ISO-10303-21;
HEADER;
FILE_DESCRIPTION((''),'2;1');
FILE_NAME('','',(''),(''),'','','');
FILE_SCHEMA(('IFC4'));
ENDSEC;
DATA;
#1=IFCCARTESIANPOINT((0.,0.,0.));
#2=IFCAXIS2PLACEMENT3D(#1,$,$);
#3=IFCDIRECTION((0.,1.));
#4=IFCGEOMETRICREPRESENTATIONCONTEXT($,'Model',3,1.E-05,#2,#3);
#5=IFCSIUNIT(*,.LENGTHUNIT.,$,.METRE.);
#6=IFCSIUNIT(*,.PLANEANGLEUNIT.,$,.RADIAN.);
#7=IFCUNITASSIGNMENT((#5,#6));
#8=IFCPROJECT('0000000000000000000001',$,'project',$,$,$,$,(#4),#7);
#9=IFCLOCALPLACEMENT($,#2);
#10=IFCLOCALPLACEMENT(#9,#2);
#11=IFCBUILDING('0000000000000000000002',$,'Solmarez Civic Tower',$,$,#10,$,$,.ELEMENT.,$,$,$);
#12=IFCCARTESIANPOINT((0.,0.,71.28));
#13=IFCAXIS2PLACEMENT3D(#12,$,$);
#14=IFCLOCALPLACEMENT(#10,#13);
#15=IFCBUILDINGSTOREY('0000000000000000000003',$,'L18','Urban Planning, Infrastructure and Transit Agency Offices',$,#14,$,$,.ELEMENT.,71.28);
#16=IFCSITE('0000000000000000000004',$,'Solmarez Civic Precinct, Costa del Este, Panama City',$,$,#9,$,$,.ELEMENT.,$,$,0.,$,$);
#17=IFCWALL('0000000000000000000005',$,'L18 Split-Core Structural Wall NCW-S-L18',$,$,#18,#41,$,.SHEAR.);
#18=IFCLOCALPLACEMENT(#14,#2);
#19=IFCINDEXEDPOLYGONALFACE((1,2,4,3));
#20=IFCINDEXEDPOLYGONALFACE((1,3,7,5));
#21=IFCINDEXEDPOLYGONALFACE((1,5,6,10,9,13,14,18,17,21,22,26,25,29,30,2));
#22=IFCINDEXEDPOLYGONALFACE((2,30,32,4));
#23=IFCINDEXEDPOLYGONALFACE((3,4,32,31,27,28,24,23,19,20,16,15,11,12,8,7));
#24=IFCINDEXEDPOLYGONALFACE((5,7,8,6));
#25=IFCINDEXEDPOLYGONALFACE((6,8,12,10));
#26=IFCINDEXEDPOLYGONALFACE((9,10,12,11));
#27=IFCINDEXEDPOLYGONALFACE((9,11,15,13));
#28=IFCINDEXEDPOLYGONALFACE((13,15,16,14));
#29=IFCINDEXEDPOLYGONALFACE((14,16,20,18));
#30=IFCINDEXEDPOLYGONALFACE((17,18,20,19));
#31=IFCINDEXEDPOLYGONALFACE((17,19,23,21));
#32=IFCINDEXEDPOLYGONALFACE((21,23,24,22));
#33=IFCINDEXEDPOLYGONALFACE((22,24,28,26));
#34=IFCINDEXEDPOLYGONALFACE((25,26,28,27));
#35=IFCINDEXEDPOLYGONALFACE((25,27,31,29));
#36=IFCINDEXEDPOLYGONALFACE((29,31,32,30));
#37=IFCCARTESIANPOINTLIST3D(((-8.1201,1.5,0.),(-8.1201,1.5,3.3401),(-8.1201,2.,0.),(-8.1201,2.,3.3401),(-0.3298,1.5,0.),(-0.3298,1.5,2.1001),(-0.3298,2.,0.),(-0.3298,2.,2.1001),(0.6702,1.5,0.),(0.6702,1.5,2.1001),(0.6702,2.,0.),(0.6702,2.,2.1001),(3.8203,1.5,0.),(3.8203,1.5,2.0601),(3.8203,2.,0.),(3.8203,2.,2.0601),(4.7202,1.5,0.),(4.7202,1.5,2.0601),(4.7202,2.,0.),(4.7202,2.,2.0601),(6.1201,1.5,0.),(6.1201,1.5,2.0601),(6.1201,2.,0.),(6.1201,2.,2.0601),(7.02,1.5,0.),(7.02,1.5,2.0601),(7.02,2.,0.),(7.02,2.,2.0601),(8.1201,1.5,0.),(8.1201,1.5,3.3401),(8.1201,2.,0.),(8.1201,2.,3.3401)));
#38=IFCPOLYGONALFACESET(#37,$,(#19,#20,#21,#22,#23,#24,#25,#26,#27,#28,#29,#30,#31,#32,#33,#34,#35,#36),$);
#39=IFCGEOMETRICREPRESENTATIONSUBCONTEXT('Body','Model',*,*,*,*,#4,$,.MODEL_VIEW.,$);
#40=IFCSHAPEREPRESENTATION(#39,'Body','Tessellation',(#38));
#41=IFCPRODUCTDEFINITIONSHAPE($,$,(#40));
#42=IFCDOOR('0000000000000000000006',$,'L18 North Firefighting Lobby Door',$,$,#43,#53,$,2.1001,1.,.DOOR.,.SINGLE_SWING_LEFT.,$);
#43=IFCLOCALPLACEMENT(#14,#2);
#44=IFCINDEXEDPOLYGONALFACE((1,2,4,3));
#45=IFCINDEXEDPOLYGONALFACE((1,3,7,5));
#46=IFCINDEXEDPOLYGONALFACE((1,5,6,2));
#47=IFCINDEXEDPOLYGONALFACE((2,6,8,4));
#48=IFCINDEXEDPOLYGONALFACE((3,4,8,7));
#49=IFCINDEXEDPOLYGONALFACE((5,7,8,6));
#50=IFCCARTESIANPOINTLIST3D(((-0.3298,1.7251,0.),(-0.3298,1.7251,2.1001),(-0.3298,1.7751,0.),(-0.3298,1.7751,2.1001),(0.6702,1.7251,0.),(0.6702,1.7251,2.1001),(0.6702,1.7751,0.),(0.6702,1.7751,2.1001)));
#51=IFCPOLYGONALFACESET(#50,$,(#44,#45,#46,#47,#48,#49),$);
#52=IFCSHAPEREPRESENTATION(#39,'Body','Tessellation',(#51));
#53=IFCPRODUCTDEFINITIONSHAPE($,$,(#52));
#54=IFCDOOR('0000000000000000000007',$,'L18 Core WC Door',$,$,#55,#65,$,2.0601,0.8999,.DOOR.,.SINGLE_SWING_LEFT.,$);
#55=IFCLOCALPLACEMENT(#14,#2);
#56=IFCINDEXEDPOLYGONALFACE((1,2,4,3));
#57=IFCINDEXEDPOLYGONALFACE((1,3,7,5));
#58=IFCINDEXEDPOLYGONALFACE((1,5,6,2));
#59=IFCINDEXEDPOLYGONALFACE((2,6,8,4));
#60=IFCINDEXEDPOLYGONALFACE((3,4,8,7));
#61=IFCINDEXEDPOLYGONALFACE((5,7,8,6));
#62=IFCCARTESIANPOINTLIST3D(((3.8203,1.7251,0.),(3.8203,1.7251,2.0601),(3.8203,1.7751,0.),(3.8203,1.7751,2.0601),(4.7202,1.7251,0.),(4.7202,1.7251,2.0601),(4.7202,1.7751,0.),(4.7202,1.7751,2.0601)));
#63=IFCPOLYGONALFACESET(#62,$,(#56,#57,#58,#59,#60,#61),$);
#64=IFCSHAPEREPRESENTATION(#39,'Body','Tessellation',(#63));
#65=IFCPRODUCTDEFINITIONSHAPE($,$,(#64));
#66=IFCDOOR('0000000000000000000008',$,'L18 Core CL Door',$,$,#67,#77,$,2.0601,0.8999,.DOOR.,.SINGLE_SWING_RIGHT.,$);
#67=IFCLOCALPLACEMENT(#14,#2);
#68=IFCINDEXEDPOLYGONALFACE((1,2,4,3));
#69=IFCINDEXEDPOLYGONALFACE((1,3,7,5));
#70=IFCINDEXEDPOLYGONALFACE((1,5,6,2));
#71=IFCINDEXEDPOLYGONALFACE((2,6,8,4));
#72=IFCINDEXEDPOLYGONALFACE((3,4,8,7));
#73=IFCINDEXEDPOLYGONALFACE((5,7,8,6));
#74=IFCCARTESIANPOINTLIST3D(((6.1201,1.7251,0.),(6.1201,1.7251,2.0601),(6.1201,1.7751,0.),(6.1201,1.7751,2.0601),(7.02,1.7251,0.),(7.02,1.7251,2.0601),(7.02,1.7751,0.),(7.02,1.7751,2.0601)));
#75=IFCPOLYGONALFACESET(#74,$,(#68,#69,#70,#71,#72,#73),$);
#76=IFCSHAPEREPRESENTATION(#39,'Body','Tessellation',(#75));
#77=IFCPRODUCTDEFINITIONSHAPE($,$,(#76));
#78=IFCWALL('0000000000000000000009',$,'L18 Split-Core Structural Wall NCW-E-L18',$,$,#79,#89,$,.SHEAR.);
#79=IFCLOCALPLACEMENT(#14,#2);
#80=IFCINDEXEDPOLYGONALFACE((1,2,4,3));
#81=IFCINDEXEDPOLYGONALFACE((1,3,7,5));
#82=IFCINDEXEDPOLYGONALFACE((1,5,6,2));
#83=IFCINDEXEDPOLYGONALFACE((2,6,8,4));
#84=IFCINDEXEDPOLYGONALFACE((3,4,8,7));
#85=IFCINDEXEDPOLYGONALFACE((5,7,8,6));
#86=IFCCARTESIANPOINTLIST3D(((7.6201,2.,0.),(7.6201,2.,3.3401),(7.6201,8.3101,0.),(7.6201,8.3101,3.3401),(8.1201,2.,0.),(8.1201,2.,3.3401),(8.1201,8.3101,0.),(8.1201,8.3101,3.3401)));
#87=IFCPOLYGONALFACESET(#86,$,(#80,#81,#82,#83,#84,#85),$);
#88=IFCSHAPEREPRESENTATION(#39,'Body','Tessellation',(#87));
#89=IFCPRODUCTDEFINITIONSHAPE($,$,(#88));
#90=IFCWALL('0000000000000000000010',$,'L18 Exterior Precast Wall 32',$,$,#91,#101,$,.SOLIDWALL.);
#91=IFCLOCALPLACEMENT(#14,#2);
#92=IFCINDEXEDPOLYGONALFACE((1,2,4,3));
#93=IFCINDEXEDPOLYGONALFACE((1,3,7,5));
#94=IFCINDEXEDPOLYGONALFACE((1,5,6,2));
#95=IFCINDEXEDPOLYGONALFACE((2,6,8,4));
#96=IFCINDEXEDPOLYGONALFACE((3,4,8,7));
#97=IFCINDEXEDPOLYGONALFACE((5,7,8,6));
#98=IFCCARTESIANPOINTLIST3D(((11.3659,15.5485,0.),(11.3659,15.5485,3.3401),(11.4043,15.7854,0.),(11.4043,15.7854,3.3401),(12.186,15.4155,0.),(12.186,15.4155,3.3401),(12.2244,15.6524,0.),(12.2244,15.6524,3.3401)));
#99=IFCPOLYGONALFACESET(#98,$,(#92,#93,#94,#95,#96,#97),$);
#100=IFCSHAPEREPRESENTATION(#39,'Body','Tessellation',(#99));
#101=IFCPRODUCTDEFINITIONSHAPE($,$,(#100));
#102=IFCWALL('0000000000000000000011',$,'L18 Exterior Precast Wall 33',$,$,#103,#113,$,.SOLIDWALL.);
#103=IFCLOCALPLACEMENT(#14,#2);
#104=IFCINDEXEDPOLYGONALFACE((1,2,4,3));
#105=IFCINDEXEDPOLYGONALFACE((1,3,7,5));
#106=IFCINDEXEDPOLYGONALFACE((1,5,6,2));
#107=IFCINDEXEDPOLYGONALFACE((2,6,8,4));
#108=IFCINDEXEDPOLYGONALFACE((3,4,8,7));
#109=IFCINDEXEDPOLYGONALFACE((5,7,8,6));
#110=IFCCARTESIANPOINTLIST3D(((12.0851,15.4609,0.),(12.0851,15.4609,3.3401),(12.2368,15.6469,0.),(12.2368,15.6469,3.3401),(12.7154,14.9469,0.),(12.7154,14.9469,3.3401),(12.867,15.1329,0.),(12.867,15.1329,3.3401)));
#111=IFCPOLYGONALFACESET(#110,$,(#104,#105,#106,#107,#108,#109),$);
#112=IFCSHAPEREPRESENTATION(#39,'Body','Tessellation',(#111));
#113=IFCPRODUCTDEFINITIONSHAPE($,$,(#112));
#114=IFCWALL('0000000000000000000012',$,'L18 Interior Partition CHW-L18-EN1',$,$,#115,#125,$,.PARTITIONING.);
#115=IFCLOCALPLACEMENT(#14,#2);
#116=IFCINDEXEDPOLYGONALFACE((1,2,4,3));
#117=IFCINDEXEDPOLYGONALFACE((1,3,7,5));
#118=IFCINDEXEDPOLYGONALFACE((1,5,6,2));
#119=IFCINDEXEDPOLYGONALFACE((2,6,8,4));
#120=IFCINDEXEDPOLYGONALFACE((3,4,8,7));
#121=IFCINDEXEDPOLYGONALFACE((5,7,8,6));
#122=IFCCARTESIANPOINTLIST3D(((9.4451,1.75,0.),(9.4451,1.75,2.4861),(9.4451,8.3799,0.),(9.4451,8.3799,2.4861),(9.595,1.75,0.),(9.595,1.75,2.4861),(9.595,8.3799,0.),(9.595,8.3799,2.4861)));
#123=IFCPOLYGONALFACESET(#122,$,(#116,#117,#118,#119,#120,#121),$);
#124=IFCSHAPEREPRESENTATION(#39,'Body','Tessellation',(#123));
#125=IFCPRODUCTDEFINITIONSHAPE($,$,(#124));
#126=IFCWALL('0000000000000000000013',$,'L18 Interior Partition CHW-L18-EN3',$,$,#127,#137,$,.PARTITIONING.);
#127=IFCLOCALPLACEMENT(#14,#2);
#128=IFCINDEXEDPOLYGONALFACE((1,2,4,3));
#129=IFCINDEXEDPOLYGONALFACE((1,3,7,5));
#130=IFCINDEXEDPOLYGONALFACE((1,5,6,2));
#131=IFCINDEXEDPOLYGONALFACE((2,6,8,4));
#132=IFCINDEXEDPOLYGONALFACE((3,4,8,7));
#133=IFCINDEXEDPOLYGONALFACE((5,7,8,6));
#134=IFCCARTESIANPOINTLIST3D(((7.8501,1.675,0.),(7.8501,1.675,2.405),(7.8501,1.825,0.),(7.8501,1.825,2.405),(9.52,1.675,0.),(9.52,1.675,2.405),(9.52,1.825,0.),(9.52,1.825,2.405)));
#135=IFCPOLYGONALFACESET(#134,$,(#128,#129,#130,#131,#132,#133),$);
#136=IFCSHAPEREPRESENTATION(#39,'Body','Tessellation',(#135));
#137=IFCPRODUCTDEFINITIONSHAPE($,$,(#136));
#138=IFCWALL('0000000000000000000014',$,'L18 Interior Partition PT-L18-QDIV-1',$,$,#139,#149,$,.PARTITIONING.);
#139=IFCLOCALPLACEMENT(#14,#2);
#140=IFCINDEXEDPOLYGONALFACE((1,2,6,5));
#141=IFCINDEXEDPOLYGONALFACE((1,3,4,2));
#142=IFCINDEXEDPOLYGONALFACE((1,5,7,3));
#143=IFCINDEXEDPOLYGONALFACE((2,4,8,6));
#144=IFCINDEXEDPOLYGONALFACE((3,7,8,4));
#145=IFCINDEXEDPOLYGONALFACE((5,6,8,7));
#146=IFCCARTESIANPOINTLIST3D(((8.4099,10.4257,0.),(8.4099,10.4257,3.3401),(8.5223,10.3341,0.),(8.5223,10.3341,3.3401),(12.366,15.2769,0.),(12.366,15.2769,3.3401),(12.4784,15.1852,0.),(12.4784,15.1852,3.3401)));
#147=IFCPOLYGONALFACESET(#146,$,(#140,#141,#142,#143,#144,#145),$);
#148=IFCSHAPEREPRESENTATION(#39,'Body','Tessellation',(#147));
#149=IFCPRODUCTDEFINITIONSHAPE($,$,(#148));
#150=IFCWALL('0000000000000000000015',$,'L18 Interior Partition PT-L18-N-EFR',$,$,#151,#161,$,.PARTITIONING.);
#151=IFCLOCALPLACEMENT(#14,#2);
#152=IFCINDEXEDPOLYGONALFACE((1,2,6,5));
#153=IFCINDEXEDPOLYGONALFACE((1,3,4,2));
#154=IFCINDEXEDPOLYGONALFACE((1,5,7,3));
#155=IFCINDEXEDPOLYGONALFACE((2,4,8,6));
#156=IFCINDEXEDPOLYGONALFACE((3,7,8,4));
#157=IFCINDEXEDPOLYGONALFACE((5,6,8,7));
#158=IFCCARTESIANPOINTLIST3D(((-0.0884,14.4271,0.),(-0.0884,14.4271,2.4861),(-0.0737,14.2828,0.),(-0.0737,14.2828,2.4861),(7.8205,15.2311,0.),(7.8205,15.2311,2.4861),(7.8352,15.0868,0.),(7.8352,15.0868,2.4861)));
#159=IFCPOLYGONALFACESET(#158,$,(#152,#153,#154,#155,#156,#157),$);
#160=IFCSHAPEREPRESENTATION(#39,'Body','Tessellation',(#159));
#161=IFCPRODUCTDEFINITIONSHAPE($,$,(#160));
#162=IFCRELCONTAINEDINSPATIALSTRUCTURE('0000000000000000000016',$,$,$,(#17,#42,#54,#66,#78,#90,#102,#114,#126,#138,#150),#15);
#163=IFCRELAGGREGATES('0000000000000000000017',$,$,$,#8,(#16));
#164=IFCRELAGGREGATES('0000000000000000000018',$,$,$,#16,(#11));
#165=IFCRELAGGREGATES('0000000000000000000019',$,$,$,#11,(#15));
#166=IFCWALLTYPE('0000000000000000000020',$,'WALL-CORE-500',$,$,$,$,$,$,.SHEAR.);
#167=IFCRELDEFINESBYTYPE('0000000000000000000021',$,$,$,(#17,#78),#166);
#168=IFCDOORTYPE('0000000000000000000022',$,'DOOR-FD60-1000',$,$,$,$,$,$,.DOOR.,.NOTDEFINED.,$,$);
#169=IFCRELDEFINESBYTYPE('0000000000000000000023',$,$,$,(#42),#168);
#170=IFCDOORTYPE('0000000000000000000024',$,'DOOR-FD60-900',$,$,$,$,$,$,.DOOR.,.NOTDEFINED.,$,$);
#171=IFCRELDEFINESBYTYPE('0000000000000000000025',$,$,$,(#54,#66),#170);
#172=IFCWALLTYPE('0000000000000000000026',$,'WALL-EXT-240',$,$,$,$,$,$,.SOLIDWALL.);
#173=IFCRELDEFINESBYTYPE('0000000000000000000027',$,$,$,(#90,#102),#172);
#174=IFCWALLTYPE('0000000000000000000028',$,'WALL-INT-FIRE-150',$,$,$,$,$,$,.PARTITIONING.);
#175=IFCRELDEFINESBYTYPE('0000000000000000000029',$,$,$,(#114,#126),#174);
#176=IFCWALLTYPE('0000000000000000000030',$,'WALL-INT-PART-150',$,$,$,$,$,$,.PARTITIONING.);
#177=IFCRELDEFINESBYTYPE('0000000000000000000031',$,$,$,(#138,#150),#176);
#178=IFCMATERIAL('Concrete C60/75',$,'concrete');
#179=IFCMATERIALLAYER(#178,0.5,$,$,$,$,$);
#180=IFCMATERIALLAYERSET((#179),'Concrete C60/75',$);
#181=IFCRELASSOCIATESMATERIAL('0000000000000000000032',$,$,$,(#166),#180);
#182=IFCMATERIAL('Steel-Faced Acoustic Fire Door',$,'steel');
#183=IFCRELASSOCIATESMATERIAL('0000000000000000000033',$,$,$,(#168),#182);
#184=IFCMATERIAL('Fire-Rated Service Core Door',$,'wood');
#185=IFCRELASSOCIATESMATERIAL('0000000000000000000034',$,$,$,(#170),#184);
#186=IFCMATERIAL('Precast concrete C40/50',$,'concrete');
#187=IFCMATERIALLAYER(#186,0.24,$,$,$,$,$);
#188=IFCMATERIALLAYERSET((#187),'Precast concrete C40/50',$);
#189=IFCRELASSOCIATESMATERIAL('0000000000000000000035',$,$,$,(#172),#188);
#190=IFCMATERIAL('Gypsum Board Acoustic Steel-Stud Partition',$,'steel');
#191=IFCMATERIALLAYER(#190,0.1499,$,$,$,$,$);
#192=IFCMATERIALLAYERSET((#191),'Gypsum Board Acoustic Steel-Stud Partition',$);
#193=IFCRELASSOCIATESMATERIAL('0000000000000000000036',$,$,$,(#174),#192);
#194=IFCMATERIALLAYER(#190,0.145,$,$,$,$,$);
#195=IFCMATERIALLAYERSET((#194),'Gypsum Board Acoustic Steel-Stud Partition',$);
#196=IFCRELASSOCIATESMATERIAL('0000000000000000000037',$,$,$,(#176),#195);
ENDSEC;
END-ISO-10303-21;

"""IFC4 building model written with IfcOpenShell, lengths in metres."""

from ifc_helpers import new_model, si_unit, direction, frame, frame_2d, origin, place, context, subcontext, project, spatial, rectangle, extrude, material, layer, layer_set, type_object, element, fill, save


model = new_model("IFC4")

# Units and contexts
model_context = context("Model", 3, precision=1e-05, world=origin(), true_north=direction((0.0, 1.0)))
body_context = subcontext(model_context, "Body", "Model", "MODEL_VIEW")
ifc_project = project(units=[si_unit("LENGTHUNIT", "METRE"), si_unit("PLANEANGLEUNIT", "RADIAN")], contexts=[model_context])

# Site, building, storey
site_placement = place(None, origin())
site = spatial("IfcSite", under=ifc_project, at=site_placement, Name="Solmarez Civic Precinct, Costa del Este, Panama City", CompositionType="ELEMENT", RefElevation=0.0)
building_placement = place(site_placement, origin())
building = spatial("IfcBuilding", under=site, at=building_placement, Name="Solmarez Civic Tower", CompositionType="ELEMENT")
storey_placement = place(building_placement, frame((0.0, 0.0, 71.28)))
storey = spatial("IfcBuildingStorey", under=building, at=storey_placement, Name="L18", Description="Urban Planning, Infrastructure and Transit Agency Offices", CompositionType="ELEMENT", Elevation=71.28)

# Shared definitions
ifc_material_1 = material(Name="Concrete C60/75", Category="concrete")

# Wall, openings, doors
ifc_layer_1 = layer(ifc_material_1, 0.5)
ifc_layer_set_1 = layer_set([ifc_layer_1], Name="Concrete C60/75")
wall_type_1 = type_object("IfcWallType", Name="WALL-CORE-500", PredefinedType="SHEAR", material=ifc_layer_set_1)
wall_1_placement = place(storey_placement, frame((8.1201, 1.75, 0.0), z_axis=(0.0, 0.0, 1.0), x_axis=(-1.0, 0.0, 0.0)))
wall_1 = element("IfcWall", 1, at=wall_1_placement, inside=storey, type_object=wall_type_1, Name="L18 Split-Core Structural Wall NCW-S-L18", PredefinedType="SHEAR", context=body_context, shape_type="SweptSolid", body=[
    extrude(rectangle(XDim=16.2402, YDim=0.5, at=frame_2d((8.1201, 0.0))), origin(), (0.0, 0.0, 1.0), 3.3401),
])
opening_1_placement = place(wall_1_placement, frame((7.45, 0.0, 0.0)))
opening_1 = element("IfcOpeningElement", 2, at=opening_1_placement, cuts=wall_1, PredefinedType="OPENING", context=body_context, shape_type="SweptSolid", body=[
    extrude(rectangle(XDim=1.0, YDim=2.1001, at=frame_2d((0.5, 1.05))), frame((0.0, 0.26, 0.0), z_axis=(0.0, -1.0, 0.0), x_axis=(1.0, 0.0, 0.0)), (0.0, 0.0, 1.0), 0.52),
])
opening_2_placement = place(wall_1_placement, frame((3.3999, 0.0, 0.0)))
opening_2 = element("IfcOpeningElement", 3, at=opening_2_placement, cuts=wall_1, PredefinedType="OPENING", context=body_context, shape_type="SweptSolid", body=[
    extrude(rectangle(XDim=0.8999, YDim=2.0601, at=frame_2d((0.45, 1.03))), frame((0.0, 0.26, 0.0), z_axis=(0.0, -1.0, 0.0), x_axis=(1.0, 0.0, 0.0)), (0.0, 0.0, 1.0), 0.52),
])
opening_3_placement = place(wall_1_placement, frame((1.1001, 0.0, 0.0)))
opening_3 = element("IfcOpeningElement", 4, at=opening_3_placement, cuts=wall_1, PredefinedType="OPENING", context=body_context, shape_type="SweptSolid", body=[
    extrude(rectangle(XDim=0.8999, YDim=2.0601, at=frame_2d((0.45, 1.03))), frame((0.0, 0.26, 0.0), z_axis=(0.0, -1.0, 0.0), x_axis=(1.0, 0.0, 0.0)), (0.0, 0.0, 1.0), 0.52),
])
ifc_material_2 = material(Name="Steel-Faced Acoustic Fire Door", Category="steel")
door_type_1 = type_object("IfcDoorType", Name="DOOR-FD60-1000", OperationType="NOTDEFINED", PredefinedType="DOOR", material=ifc_material_2)
door_1_placement = place(opening_1_placement, origin())
door_1 = element("IfcDoor", 5, at=door_1_placement, inside=storey, type_object=door_type_1, Name="L18 North Firefighting Lobby Door", OperationType="SINGLE_SWING_LEFT", OverallHeight=2.1001, OverallWidth=1.0, PredefinedType="DOOR", context=body_context, shape_type="SweptSolid", body=[
    extrude(rectangle(XDim=1.0, YDim=2.1001, at=frame_2d((0.5, 1.05))), frame((0.0, 0.0249, 0.0), z_axis=(0.0, -1.0, 0.0), x_axis=(1.0, 0.0, 0.0)), (0.0, 0.0, 1.0), 0.05),
])
fill(opening_1, door_1)
ifc_material_3 = material(Name="Fire-Rated Service Core Door", Category="wood")
door_type_2 = type_object("IfcDoorType", Name="DOOR-FD60-900", OperationType="NOTDEFINED", PredefinedType="DOOR", material=ifc_material_3)
door_2_placement = place(opening_2_placement, origin())
door_2 = element("IfcDoor", 6, at=door_2_placement, inside=storey, type_object=door_type_2, Name="L18 Core WC Door", OperationType="SINGLE_SWING_LEFT", OverallHeight=2.0601, OverallWidth=0.8999, PredefinedType="DOOR", context=body_context, shape_type="SweptSolid", body=[
    extrude(rectangle(XDim=0.8999, YDim=2.0601, at=frame_2d((0.45, 1.03))), frame((0.0, 0.0249, 0.0), z_axis=(0.0, -1.0, 0.0), x_axis=(1.0, 0.0, 0.0)), (0.0, 0.0, 1.0), 0.05),
])
fill(opening_2, door_2)
door_3_placement = place(opening_3_placement, origin())
door_3 = element("IfcDoor", 7, at=door_3_placement, inside=storey, type_object=door_type_2, Name="L18 Core CL Door", OperationType="SINGLE_SWING_RIGHT", OverallHeight=2.0601, OverallWidth=0.8999, PredefinedType="DOOR", context=body_context, shape_type="SweptSolid", body=[
    extrude(rectangle(XDim=0.8999, YDim=2.0601, at=frame_2d((0.45, 1.03))), frame((0.0, 0.0249, 0.0), z_axis=(0.0, -1.0, 0.0), x_axis=(1.0, 0.0, 0.0)), (0.0, 0.0, 1.0), 0.05),
])
fill(opening_3, door_3)

# Walls
wall_2_placement = place(storey_placement, frame((7.8701, 8.3101, 0.0), z_axis=(0.0, 0.0, 1.0), x_axis=(0.0, -1.0, 0.0)))
element("IfcWall", 8, at=wall_2_placement, inside=storey, type_object=wall_type_1, Name="L18 Split-Core Structural Wall NCW-E-L18", PredefinedType="SHEAR", context=body_context, shape_type="SweptSolid", body=[
    extrude(rectangle(XDim=6.3101, YDim=0.5, at=frame_2d((3.155, 0.0))), origin(), (0.0, 0.0, 1.0), 3.3401),
])
ifc_material_4 = material(Name="Precast concrete C40/50", Category="concrete")
ifc_layer_2 = layer(ifc_material_4, 0.24)
ifc_layer_set_2 = layer_set([ifc_layer_2], Name="Precast concrete C40/50")
wall_type_2 = type_object("IfcWallType", Name="WALL-EXT-240", PredefinedType="SOLIDWALL", material=ifc_layer_set_2)
wall_3_placement = place(storey_placement, frame((11.385, 15.667, 0.0), z_axis=(0.0, 0.0, 1.0), x_axis=(0.987092, -0.160156, 0.0)))
element("IfcWall", 9, at=wall_3_placement, inside=storey, type_object=wall_type_2, Name="L18 Exterior Precast Wall 32", PredefinedType="SOLIDWALL", context=body_context, shape_type="SweptSolid", body=[
    extrude(rectangle(XDim=0.8308, YDim=0.24, at=frame_2d((0.4155, 0.0))), origin(), (0.0, 0.0, 1.0), 3.3401),
])
wall_4_placement = place(storey_placement, frame((12.1609, 15.554, 0.0), z_axis=(0.0, 0.0, 1.0), x_axis=(0.774946, -0.632027, 0.0)))
element("IfcWall", 10, at=wall_4_placement, inside=storey, type_object=wall_type_2, Name="L18 Exterior Precast Wall 33", PredefinedType="SOLIDWALL", context=body_context, shape_type="SweptSolid", body=[
    extrude(rectangle(XDim=0.8132, YDim=0.24, at=frame_2d((0.4067, 0.0))), origin(), (0.0, 0.0, 1.0), 3.3401),
])
ifc_material_5 = material(Name="Gypsum Board Acoustic Steel-Stud Partition", Category="steel")
ifc_layer_3 = layer(ifc_material_5, 0.1499)
ifc_layer_set_3 = layer_set([ifc_layer_3], Name="Gypsum Board Acoustic Steel-Stud Partition")
wall_type_3 = type_object("IfcWallType", Name="WALL-INT-FIRE-150", PredefinedType="PARTITIONING", material=ifc_layer_set_3)
wall_5_placement = place(storey_placement, frame((9.52, 1.75, 0.0), z_axis=(0.0, 0.0, 1.0), x_axis=(0.0, 1.0, 0.0)))
element("IfcWall", 11, at=wall_5_placement, inside=storey, type_object=wall_type_3, Name="L18 Interior Partition CHW-L18-EN1", PredefinedType="PARTITIONING", context=body_context, shape_type="SweptSolid", body=[
    extrude(rectangle(XDim=6.6299, YDim=0.1499, at=frame_2d((3.3149, 0.0))), origin(), (0.0, 0.0, 1.0), 2.4861),
])
wall_6_placement = place(storey_placement, frame((7.8501, 1.75, 0.0), z_axis=(0.0, 0.0, 1.0), x_axis=(1.0, 0.0, 0.0)))
element("IfcWall", 12, at=wall_6_placement, inside=storey, type_object=wall_type_3, Name="L18 Interior Partition CHW-L18-EN3", PredefinedType="PARTITIONING", context=body_context, shape_type="SweptSolid", body=[
    extrude(rectangle(XDim=1.6699, YDim=0.1499, at=frame_2d((0.835, 0.0))), origin(), (0.0, 0.0, 1.0), 2.405),
])
ifc_layer_4 = layer(ifc_material_5, 0.145)
ifc_layer_set_4 = layer_set([ifc_layer_4], Name="Gypsum Board Acoustic Steel-Stud Partition")
wall_type_4 = type_object("IfcWallType", Name="WALL-INT-PART-150", PredefinedType="PARTITIONING", material=ifc_layer_set_4)
wall_7_placement = place(storey_placement, frame((8.4661, 10.3799, 0.0), z_axis=(0.0, 0.0, 1.0), x_axis=(0.631992, 0.774975, 0.0)))
element("IfcWall", 13, at=wall_7_placement, inside=storey, type_object=wall_type_4, Name="L18 Interior Partition PT-L18-QDIV-1", PredefinedType="PARTITIONING", context=body_context, shape_type="SweptSolid", body=[
    extrude(rectangle(XDim=6.2598, YDim=0.145, at=frame_2d((3.1299, 0.0))), origin(), (0.0, 0.0, 1.0), 3.3401),
])
wall_8_placement = place(storey_placement, frame((7.8279, 15.1589, 0.0), z_axis=(0.0, 0.0, 1.0), x_axis=(-0.994873, -0.10113, 0.0)))
element("IfcWall", 14, at=wall_8_placement, inside=storey, type_object=wall_type_4, Name="L18 Interior Partition PT-L18-N-EFR", PredefinedType="PARTITIONING", context=body_context, shape_type="SweptSolid", body=[
    extrude(rectangle(XDim=7.9497, YDim=0.145, at=frame_2d((3.9749, 0.0))), origin(), (0.0, 0.0, 1.0), 2.4861),
])

save(model, "model.ifc")
